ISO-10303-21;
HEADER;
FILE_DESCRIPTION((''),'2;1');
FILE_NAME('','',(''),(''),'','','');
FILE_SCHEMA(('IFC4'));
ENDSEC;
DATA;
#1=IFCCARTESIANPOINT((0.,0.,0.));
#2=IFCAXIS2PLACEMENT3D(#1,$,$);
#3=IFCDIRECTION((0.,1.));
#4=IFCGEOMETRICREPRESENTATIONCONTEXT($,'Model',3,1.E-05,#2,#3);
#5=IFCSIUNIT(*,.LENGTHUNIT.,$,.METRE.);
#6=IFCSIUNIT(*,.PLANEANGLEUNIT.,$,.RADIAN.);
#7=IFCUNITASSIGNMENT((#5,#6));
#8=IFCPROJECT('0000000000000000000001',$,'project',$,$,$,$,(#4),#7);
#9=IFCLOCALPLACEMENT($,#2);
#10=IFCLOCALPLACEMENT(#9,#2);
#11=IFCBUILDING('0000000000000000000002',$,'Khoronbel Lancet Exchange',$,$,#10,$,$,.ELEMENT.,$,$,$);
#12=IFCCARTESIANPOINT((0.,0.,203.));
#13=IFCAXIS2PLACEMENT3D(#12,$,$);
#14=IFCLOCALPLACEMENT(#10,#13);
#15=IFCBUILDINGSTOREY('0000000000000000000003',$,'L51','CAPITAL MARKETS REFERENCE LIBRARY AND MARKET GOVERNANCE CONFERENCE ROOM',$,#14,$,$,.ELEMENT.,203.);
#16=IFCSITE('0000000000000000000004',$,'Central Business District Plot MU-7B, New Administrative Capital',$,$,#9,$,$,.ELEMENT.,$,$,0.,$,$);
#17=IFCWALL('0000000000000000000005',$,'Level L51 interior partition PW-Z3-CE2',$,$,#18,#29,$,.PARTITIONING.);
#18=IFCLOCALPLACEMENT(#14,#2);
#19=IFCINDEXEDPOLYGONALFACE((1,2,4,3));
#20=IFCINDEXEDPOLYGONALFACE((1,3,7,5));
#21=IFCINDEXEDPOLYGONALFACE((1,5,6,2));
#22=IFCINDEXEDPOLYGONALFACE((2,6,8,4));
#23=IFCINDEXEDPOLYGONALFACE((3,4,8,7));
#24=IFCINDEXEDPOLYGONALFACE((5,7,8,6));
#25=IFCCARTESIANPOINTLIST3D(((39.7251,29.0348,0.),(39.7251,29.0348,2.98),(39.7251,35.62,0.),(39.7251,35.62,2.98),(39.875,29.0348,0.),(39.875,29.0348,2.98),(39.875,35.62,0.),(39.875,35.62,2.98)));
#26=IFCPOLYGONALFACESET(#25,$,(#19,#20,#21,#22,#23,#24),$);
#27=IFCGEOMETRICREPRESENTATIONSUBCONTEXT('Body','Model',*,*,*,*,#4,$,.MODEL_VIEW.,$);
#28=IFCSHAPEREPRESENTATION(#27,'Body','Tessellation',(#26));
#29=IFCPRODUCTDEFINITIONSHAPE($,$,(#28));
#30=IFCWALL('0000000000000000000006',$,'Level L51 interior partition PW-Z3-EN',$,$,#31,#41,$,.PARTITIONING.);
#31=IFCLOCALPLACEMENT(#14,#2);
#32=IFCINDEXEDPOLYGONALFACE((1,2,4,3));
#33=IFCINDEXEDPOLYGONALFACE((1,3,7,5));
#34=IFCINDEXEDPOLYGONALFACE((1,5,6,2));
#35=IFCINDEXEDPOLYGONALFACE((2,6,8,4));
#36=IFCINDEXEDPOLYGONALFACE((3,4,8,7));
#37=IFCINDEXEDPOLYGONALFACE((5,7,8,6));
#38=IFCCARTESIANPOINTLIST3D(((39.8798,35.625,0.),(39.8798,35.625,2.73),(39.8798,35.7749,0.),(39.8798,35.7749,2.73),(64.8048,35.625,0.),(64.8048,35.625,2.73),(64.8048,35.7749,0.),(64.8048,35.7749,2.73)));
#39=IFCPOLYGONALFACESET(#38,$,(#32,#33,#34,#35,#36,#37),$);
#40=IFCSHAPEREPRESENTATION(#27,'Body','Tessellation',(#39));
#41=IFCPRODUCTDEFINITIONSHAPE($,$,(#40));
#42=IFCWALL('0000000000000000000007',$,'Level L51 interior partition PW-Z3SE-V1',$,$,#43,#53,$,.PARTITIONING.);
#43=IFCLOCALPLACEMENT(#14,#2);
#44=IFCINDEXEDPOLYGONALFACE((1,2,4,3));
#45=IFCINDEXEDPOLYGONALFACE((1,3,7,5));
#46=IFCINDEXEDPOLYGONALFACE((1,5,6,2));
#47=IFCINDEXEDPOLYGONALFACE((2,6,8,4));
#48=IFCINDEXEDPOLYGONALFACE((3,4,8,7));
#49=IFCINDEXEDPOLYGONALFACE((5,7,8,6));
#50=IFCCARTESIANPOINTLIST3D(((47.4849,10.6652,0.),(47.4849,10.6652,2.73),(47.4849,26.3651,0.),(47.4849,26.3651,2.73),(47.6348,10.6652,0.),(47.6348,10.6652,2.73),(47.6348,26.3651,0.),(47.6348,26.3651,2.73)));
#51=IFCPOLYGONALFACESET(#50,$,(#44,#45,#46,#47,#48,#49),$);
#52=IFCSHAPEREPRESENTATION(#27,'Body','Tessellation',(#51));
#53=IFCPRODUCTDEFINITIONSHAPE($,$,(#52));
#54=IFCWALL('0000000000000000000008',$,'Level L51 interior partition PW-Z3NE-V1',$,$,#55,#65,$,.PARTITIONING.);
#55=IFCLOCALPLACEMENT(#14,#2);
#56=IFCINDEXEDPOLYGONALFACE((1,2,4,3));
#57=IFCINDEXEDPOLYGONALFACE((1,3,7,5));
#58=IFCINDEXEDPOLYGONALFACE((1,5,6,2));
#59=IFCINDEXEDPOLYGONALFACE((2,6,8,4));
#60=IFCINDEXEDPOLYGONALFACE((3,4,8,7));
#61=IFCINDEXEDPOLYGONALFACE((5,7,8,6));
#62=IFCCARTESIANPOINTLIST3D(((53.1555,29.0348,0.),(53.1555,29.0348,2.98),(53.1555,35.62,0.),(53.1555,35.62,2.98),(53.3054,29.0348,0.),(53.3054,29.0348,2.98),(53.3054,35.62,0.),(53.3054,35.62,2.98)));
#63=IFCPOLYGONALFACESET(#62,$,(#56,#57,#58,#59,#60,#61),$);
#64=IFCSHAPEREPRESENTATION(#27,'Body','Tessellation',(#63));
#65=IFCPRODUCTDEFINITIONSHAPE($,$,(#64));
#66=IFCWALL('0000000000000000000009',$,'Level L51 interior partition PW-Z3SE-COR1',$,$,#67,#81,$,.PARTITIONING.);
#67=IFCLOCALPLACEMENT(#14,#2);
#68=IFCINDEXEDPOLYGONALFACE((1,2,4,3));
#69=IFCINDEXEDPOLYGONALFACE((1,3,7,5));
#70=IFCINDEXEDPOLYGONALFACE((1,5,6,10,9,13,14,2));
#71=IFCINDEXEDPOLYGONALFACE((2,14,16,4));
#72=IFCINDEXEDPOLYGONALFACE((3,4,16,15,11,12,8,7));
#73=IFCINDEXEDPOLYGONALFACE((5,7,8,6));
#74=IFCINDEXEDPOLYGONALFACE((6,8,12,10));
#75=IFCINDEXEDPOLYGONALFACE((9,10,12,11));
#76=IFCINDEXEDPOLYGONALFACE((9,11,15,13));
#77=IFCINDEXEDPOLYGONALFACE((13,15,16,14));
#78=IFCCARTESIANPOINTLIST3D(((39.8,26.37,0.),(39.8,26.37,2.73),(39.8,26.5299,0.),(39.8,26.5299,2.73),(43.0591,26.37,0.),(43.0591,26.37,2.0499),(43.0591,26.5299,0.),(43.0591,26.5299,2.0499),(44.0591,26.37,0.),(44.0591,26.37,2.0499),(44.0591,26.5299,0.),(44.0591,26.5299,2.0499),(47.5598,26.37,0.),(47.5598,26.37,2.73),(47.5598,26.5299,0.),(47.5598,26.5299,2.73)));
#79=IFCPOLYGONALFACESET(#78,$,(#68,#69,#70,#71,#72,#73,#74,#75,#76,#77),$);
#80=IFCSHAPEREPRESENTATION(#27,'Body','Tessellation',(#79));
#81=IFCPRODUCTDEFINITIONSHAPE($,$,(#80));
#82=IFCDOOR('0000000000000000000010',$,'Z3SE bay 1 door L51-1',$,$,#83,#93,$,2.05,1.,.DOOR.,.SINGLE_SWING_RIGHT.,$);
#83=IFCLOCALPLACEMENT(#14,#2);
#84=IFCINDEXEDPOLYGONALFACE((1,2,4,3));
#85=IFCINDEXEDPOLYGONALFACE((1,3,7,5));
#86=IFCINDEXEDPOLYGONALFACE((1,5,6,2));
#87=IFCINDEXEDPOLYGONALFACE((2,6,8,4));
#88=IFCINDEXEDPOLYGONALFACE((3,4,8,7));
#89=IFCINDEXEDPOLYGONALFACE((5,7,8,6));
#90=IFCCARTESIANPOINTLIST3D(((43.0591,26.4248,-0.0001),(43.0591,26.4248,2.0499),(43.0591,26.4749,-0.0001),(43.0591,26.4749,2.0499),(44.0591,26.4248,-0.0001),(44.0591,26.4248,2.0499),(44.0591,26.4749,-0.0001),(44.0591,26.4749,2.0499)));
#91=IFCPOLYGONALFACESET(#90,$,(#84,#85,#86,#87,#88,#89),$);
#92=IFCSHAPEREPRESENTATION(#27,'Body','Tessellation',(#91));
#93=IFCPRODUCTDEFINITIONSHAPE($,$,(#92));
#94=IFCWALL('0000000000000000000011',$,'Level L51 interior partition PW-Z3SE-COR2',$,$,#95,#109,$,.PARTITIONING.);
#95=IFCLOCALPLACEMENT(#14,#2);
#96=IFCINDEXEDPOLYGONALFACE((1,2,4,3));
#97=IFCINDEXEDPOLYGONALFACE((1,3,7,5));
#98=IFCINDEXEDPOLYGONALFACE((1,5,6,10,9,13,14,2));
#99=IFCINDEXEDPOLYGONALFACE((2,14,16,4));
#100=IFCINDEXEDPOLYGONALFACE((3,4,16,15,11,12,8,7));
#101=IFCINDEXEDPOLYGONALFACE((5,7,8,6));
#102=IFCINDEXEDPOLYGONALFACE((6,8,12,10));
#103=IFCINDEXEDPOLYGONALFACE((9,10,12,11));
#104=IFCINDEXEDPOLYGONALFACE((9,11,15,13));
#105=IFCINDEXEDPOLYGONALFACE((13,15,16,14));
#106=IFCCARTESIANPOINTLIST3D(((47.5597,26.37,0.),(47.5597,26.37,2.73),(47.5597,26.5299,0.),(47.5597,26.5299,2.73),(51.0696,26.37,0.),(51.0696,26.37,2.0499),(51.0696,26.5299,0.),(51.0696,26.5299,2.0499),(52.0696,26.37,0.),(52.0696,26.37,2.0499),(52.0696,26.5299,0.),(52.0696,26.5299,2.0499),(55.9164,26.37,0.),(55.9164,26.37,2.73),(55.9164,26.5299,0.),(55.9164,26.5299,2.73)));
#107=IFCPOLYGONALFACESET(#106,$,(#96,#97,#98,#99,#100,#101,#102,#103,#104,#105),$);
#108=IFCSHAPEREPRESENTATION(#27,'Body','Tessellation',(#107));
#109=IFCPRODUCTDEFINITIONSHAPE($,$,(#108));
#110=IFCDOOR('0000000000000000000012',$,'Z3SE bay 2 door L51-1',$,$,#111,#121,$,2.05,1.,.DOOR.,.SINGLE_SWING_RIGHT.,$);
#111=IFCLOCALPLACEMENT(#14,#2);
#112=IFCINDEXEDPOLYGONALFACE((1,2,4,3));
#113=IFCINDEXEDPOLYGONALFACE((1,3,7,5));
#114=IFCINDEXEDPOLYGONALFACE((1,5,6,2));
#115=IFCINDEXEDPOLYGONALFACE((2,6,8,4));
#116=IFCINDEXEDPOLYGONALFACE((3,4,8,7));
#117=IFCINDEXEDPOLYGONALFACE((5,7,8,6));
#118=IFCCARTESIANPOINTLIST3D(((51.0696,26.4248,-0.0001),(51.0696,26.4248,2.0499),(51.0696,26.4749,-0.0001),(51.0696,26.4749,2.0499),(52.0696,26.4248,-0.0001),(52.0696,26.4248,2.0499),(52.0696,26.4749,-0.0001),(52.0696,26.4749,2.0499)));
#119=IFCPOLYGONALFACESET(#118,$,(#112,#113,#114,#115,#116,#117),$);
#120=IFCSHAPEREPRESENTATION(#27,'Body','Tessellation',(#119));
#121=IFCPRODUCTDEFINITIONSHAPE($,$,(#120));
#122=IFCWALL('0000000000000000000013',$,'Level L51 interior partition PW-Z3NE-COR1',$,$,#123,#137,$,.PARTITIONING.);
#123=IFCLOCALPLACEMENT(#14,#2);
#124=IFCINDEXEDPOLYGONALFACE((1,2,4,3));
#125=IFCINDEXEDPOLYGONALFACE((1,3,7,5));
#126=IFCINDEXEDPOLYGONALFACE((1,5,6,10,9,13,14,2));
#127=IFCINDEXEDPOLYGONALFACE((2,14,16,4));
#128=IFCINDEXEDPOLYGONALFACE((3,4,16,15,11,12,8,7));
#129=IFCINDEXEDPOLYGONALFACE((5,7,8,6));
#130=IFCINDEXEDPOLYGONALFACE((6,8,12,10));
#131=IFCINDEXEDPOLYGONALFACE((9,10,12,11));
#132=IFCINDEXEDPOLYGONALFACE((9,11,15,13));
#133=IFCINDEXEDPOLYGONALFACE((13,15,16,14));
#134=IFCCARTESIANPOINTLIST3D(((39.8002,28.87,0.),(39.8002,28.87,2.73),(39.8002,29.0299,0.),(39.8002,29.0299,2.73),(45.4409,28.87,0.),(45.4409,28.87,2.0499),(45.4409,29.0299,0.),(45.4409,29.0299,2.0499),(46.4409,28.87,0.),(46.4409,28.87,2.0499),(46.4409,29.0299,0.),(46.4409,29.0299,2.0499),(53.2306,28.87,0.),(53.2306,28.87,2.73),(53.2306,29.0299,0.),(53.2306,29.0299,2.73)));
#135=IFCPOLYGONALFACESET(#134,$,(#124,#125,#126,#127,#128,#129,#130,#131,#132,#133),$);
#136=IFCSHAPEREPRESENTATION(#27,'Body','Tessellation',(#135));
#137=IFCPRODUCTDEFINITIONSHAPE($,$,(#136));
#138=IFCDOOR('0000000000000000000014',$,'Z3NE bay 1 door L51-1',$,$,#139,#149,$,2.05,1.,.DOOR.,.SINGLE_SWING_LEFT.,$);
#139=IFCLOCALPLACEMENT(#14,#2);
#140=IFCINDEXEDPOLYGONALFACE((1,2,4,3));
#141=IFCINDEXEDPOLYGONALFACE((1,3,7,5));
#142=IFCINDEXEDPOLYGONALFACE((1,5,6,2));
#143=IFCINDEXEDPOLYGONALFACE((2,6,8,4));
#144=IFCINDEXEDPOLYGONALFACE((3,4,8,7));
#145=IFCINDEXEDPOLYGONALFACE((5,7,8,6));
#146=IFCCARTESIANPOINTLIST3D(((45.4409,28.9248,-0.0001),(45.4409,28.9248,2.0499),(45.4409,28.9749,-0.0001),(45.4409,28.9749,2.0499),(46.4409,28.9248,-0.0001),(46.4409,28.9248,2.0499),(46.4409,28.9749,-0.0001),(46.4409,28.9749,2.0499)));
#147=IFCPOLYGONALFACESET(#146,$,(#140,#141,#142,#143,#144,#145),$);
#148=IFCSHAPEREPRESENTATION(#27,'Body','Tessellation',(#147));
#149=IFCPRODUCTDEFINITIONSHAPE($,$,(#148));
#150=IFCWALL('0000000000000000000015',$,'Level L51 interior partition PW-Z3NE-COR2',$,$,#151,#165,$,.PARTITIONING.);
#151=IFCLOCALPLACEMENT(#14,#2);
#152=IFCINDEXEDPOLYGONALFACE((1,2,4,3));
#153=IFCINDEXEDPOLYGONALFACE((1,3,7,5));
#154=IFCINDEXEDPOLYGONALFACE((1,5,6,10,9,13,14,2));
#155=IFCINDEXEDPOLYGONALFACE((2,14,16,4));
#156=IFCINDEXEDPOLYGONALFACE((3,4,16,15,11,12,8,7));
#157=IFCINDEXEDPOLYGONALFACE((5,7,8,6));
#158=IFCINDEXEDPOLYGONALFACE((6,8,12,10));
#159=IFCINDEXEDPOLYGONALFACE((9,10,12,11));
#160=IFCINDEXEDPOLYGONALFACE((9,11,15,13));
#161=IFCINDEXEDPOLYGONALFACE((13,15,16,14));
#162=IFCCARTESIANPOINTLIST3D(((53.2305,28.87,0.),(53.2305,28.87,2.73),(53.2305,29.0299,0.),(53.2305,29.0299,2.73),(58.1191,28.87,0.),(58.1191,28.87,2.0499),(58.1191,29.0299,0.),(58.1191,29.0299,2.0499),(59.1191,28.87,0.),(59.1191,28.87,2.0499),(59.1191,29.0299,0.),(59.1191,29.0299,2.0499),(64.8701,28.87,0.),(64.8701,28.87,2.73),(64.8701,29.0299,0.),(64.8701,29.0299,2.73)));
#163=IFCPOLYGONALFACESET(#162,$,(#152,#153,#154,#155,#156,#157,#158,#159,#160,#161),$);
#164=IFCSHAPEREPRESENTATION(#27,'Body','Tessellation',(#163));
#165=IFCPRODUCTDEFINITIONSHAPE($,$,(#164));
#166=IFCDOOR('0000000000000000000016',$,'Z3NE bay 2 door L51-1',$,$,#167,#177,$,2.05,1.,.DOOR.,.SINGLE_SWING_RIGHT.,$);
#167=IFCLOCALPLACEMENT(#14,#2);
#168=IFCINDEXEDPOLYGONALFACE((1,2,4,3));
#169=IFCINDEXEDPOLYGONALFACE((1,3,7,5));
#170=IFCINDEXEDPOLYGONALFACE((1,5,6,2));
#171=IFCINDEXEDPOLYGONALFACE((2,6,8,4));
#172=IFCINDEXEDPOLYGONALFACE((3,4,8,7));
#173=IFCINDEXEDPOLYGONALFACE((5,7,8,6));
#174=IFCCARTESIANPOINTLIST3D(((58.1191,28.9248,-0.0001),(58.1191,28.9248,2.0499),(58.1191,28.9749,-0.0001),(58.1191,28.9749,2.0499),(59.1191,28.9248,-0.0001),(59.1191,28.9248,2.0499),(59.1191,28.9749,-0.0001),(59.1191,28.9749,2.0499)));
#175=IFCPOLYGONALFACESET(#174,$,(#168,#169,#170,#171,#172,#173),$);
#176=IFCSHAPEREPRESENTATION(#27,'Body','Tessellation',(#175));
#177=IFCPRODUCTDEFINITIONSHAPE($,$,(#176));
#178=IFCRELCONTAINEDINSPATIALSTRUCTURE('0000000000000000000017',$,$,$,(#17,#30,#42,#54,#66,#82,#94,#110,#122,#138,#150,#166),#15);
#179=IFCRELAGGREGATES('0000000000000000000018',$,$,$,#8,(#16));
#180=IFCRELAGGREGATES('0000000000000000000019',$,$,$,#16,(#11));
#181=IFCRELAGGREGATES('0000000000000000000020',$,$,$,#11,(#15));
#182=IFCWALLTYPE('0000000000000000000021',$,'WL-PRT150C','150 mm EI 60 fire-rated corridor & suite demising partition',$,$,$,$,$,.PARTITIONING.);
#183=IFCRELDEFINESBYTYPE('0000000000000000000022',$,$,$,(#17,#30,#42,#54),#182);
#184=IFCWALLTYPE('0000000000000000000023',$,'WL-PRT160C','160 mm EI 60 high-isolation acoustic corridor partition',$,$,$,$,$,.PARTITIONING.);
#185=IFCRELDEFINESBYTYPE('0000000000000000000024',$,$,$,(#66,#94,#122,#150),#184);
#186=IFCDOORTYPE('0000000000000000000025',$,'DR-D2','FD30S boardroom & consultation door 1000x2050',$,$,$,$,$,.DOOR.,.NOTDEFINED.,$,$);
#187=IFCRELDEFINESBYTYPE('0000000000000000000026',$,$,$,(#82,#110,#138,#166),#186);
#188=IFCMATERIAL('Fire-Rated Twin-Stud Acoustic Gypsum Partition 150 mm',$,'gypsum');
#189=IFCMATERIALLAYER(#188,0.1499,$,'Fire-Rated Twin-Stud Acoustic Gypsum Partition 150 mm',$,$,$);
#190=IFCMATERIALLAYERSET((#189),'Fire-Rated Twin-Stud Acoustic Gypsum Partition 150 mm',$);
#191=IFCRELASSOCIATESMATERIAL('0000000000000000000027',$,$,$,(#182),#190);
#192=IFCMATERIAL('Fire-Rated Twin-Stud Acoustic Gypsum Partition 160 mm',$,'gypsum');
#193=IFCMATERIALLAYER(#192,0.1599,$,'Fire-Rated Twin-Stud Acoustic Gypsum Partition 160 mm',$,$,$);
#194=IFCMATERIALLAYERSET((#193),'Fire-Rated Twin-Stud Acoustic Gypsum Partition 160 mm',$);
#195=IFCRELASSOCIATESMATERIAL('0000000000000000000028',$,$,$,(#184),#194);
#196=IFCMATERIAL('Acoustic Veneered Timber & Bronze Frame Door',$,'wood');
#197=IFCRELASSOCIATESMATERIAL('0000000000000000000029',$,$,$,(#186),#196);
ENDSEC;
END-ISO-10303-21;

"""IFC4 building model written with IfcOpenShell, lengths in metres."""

from ifc_helpers import new_model, si_unit, direction, frame, frame_2d, origin, place, context, subcontext, project, spatial, rectangle, extrude, material, layer, layer_set, type_object, element, fill, save


model = new_model("IFC4")

# Units and contexts
model_context = context("Model", 3, precision=1e-05, world=origin(), true_north=direction((0.0, 1.0)))
body_context = subcontext(model_context, "Body", "Model", "MODEL_VIEW")
ifc_project = project(units=[si_unit("LENGTHUNIT", "METRE"), si_unit("PLANEANGLEUNIT", "RADIAN")], contexts=[model_context])

# Site, building, storey
site_placement = place(None, origin())
site = spatial("IfcSite", under=ifc_project, at=site_placement, Name="Central Business District Plot MU-7B, New Administrative Capital", CompositionType="ELEMENT", RefElevation=0.0)
building_placement = place(site_placement, origin())
building = spatial("IfcBuilding", under=site, at=building_placement, Name="Khoronbel Lancet Exchange", CompositionType="ELEMENT")
storey_placement = place(building_placement, frame((0.0, 0.0, 203.0)))
storey = spatial("IfcBuildingStorey", under=building, at=storey_placement, Name="L51", Description="CAPITAL MARKETS REFERENCE LIBRARY AND MARKET GOVERNANCE CONFERENCE ROOM", CompositionType="ELEMENT", Elevation=203.0)

# Walls
ifc_material_1 = material(Name="Fire-Rated Twin-Stud Acoustic Gypsum Partition 150 mm", Category="gypsum")
ifc_layer_1 = layer(ifc_material_1, 0.1499, Name="Fire-Rated Twin-Stud Acoustic Gypsum Partition 150 mm")
ifc_layer_set_1 = layer_set([ifc_layer_1], Name="Fire-Rated Twin-Stud Acoustic Gypsum Partition 150 mm")
wall_type_1 = type_object("IfcWallType", Name="WL-PRT150C", Description="150 mm EI 60 fire-rated corridor & suite demising partition", PredefinedType="PARTITIONING", material=ifc_layer_set_1)
wall_1_placement = place(storey_placement, frame((39.8, 29.0349, 0.0), z_axis=(0.0, 0.0, 1.0), x_axis=(0.0, 1.0, 0.0)))
element("IfcWall", 1, at=wall_1_placement, inside=storey, type_object=wall_type_1, Name="Level L51 interior partition PW-Z3-CE2", PredefinedType="PARTITIONING", context=body_context, shape_type="SweptSolid", body=[
    extrude(rectangle(XDim=6.5852, YDim=0.1499, at=frame_2d((3.2925, 0.0))), origin(), (0.0, 0.0, 1.0), 2.98),
])
wall_2_placement = place(storey_placement, frame((39.8799, 35.7, 0.0), z_axis=(0.0, 0.0, 1.0), x_axis=(1.0, 0.0, 0.0)))
element("IfcWall", 2, at=wall_2_placement, inside=storey, type_object=wall_type_1, Name="Level L51 interior partition PW-Z3-EN", PredefinedType="PARTITIONING", context=body_context, shape_type="SweptSolid", body=[
    extrude(rectangle(XDim=24.925, YDim=0.1499, at=frame_2d((12.4624, 0.0))), origin(), (0.0, 0.0, 1.0), 2.73),
])
wall_3_placement = place(storey_placement, frame((47.5598, 10.665, 0.0), z_axis=(0.0, 0.0, 1.0), x_axis=(0.0, 1.0, 0.0)))
element("IfcWall", 3, at=wall_3_placement, inside=storey, type_object=wall_type_1, Name="Level L51 interior partition PW-Z3SE-V1", PredefinedType="PARTITIONING", context=body_context, shape_type="SweptSolid", body=[
    extrude(rectangle(XDim=15.7, YDim=0.1499, at=frame_2d((7.8501, 0.0))), origin(), (0.0, 0.0, 1.0), 2.73),
])
wall_4_placement = place(storey_placement, frame((53.2305, 29.0349, 0.0), z_axis=(0.0, 0.0, 1.0), x_axis=(0.0, 1.0, 0.0)))
element("IfcWall", 4, at=wall_4_placement, inside=storey, type_object=wall_type_1, Name="Level L51 interior partition PW-Z3NE-V1", PredefinedType="PARTITIONING", context=body_context, shape_type="SweptSolid", body=[
    extrude(rectangle(XDim=6.5852, YDim=0.1499, at=frame_2d((3.2925, 0.0))), origin(), (0.0, 0.0, 1.0), 2.98),
])

# Walls, openings, doors
ifc_material_2 = material(Name="Fire-Rated Twin-Stud Acoustic Gypsum Partition 160 mm", Category="gypsum")
ifc_layer_2 = layer(ifc_material_2, 0.1599, Name="Fire-Rated Twin-Stud Acoustic Gypsum Partition 160 mm")
ifc_layer_set_2 = layer_set([ifc_layer_2], Name="Fire-Rated Twin-Stud Acoustic Gypsum Partition 160 mm")
wall_type_2 = type_object("IfcWallType", Name="WL-PRT160C", Description="160 mm EI 60 high-isolation acoustic corridor partition", PredefinedType="PARTITIONING", material=ifc_layer_set_2)
wall_5_placement = place(storey_placement, frame((39.8, 26.45, 0.0), z_axis=(0.0, 0.0, 1.0), x_axis=(1.0, 0.0, 0.0)))
wall_5 = element("IfcWall", 5, at=wall_5_placement, inside=storey, type_object=wall_type_2, Name="Level L51 interior partition PW-Z3SE-COR1", PredefinedType="PARTITIONING", context=body_context, shape_type="SweptSolid", body=[
    extrude(rectangle(XDim=7.7598, YDim=0.1599, at=frame_2d((3.8799, 0.0))), origin(), (0.0, 0.0, 1.0), 2.73),
])
opening_1_placement = place(wall_5_placement, frame((3.259, 0.0, 0.0)))
opening_1 = element("IfcOpeningElement", 6, at=opening_1_placement, cuts=wall_5, PredefinedType="OPENING", context=body_context, shape_type="SweptSolid", body=[
    extrude(rectangle(XDim=1.0, YDim=2.05, at=frame_2d((0.5, 1.0249))), frame((0.0, 0.0898, 0.0), z_axis=(0.0, -1.0, 0.0), x_axis=(1.0, 0.0, 0.0)), (0.0, 0.0, 1.0), 0.1799),
])
ifc_material_3 = material(Name="Acoustic Veneered Timber & Bronze Frame Door", Category="wood")
door_type_1 = type_object("IfcDoorType", Name="DR-D2", Description="FD30S boardroom & consultation door 1000x2050", OperationType="NOTDEFINED", PredefinedType="DOOR", material=ifc_material_3)
door_1_placement = place(opening_1_placement, origin())
door_1 = element("IfcDoor", 7, at=door_1_placement, inside=storey, type_object=door_type_1, Name="Z3SE bay 1 door L51-1", OperationType="SINGLE_SWING_RIGHT", OverallHeight=2.05, OverallWidth=1.0, PredefinedType="DOOR", context=body_context, shape_type="SweptSolid", body=[
    extrude(rectangle(XDim=1.0, YDim=2.05, at=frame_2d((0.5, 1.0249))), frame((0.0, 0.0249, 0.0), z_axis=(0.0, -1.0, 0.0), x_axis=(1.0, 0.0, 0.0)), (0.0, 0.0, 1.0), 0.05),
])
fill(opening_1, door_1)
wall_6_placement = place(storey_placement, frame((47.5598, 26.45, 0.0), z_axis=(0.0, 0.0, 1.0), x_axis=(1.0, 0.0, 0.0)))
wall_6 = element("IfcWall", 8, at=wall_6_placement, inside=storey, type_object=wall_type_2, Name="Level L51 interior partition PW-Z3SE-COR2", PredefinedType="PARTITIONING", context=body_context, shape_type="SweptSolid", body=[
    extrude(rectangle(XDim=8.3567, YDim=0.1599, at=frame_2d((4.1782, 0.0))), origin(), (0.0, 0.0, 1.0), 2.73),
])
opening_2_placement = place(wall_6_placement, frame((3.5098, 0.0, 0.0)))
opening_2 = element("IfcOpeningElement", 9, at=opening_2_placement, cuts=wall_6, PredefinedType="OPENING", context=body_context, shape_type="SweptSolid", body=[
    extrude(rectangle(XDim=1.0, YDim=2.05, at=frame_2d((0.5, 1.0249))), frame((0.0, 0.0898, 0.0), z_axis=(0.0, -1.0, 0.0), x_axis=(1.0, 0.0, 0.0)), (0.0, 0.0, 1.0), 0.1799),
])
door_2_placement = place(opening_2_placement, origin())
door_2 = element("IfcDoor", 10, at=door_2_placement, inside=storey, type_object=door_type_1, Name="Z3SE bay 2 door L51-1", OperationType="SINGLE_SWING_RIGHT", OverallHeight=2.05, OverallWidth=1.0, PredefinedType="DOOR", context=body_context, shape_type="SweptSolid", body=[
    extrude(rectangle(XDim=1.0, YDim=2.05, at=frame_2d((0.5, 1.0249))), frame((0.0, 0.0249, 0.0), z_axis=(0.0, -1.0, 0.0), x_axis=(1.0, 0.0, 0.0)), (0.0, 0.0, 1.0), 0.05),
])
fill(opening_2, door_2)
wall_7_placement = place(storey_placement, frame((39.8, 28.95, 0.0), z_axis=(0.0, 0.0, 1.0), x_axis=(1.0, 0.0, 0.0)))
wall_7 = element("IfcWall", 11, at=wall_7_placement, inside=storey, type_object=wall_type_2, Name="Level L51 interior partition PW-Z3NE-COR1", PredefinedType="PARTITIONING", context=body_context, shape_type="SweptSolid", body=[
    extrude(rectangle(XDim=13.4304, YDim=0.1599, at=frame_2d((6.7153, 0.0))), origin(), (0.0, 0.0, 1.0), 2.73),
])
opening_3_placement = place(wall_7_placement, frame((5.6409, 0.0, 0.0)))
opening_3 = element("IfcOpeningElement", 12, at=opening_3_placement, cuts=wall_7, PredefinedType="OPENING", context=body_context, shape_type="SweptSolid", body=[
    extrude(rectangle(XDim=1.0, YDim=2.05, at=frame_2d((0.5, 1.0249))), frame((0.0, 0.0898, 0.0), z_axis=(0.0, -1.0, 0.0), x_axis=(1.0, 0.0, 0.0)), (0.0, 0.0, 1.0), 0.1799),
])
door_3_placement = place(opening_3_placement, origin())
door_3 = element("IfcDoor", 13, at=door_3_placement, inside=storey, type_object=door_type_1, Name="Z3NE bay 1 door L51-1", OperationType="SINGLE_SWING_LEFT", OverallHeight=2.05, OverallWidth=1.0, PredefinedType="DOOR", context=body_context, shape_type="SweptSolid", body=[
    extrude(rectangle(XDim=1.0, YDim=2.05, at=frame_2d((0.5, 1.0249))), frame((0.0, 0.0249, 0.0), z_axis=(0.0, -1.0, 0.0), x_axis=(1.0, 0.0, 0.0)), (0.0, 0.0, 1.0), 0.05),
])
fill(opening_3, door_3)
wall_8_placement = place(storey_placement, frame((53.2305, 28.95, 0.0), z_axis=(0.0, 0.0, 1.0), x_axis=(1.0, 0.0, 0.0)))
wall_8 = element("IfcWall", 14, at=wall_8_placement, inside=storey, type_object=wall_type_2, Name="Level L51 interior partition PW-Z3NE-COR2", PredefinedType="PARTITIONING", context=body_context, shape_type="SweptSolid", body=[
    extrude(rectangle(XDim=11.6396, YDim=0.1599, at=frame_2d((5.8198, 0.0))), origin(), (0.0, 0.0, 1.0), 2.73),
])
opening_4_placement = place(wall_8_placement, frame((4.8887, 0.0, 0.0)))
opening_4 = element("IfcOpeningElement", 15, at=opening_4_placement, cuts=wall_8, PredefinedType="OPENING", context=body_context, shape_type="SweptSolid", body=[
    extrude(rectangle(XDim=1.0, YDim=2.05, at=frame_2d((0.5, 1.0249))), frame((0.0, 0.0898, 0.0), z_axis=(0.0, -1.0, 0.0), x_axis=(1.0, 0.0, 0.0)), (0.0, 0.0, 1.0), 0.1799),
])
door_4_placement = place(opening_4_placement, origin())
door_4 = element("IfcDoor", 16, at=door_4_placement, inside=storey, type_object=door_type_1, Name="Z3NE bay 2 door L51-1", OperationType="SINGLE_SWING_RIGHT", OverallHeight=2.05, OverallWidth=1.0, PredefinedType="DOOR", context=body_context, shape_type="SweptSolid", body=[
    extrude(rectangle(XDim=1.0, YDim=2.05, at=frame_2d((0.5, 1.0249))), frame((0.0, 0.0249, 0.0), z_axis=(0.0, -1.0, 0.0), x_axis=(1.0, 0.0, 0.0)), (0.0, 0.0, 1.0), 0.05),
])
fill(opening_4, door_4)

save(model, "model.ifc")
